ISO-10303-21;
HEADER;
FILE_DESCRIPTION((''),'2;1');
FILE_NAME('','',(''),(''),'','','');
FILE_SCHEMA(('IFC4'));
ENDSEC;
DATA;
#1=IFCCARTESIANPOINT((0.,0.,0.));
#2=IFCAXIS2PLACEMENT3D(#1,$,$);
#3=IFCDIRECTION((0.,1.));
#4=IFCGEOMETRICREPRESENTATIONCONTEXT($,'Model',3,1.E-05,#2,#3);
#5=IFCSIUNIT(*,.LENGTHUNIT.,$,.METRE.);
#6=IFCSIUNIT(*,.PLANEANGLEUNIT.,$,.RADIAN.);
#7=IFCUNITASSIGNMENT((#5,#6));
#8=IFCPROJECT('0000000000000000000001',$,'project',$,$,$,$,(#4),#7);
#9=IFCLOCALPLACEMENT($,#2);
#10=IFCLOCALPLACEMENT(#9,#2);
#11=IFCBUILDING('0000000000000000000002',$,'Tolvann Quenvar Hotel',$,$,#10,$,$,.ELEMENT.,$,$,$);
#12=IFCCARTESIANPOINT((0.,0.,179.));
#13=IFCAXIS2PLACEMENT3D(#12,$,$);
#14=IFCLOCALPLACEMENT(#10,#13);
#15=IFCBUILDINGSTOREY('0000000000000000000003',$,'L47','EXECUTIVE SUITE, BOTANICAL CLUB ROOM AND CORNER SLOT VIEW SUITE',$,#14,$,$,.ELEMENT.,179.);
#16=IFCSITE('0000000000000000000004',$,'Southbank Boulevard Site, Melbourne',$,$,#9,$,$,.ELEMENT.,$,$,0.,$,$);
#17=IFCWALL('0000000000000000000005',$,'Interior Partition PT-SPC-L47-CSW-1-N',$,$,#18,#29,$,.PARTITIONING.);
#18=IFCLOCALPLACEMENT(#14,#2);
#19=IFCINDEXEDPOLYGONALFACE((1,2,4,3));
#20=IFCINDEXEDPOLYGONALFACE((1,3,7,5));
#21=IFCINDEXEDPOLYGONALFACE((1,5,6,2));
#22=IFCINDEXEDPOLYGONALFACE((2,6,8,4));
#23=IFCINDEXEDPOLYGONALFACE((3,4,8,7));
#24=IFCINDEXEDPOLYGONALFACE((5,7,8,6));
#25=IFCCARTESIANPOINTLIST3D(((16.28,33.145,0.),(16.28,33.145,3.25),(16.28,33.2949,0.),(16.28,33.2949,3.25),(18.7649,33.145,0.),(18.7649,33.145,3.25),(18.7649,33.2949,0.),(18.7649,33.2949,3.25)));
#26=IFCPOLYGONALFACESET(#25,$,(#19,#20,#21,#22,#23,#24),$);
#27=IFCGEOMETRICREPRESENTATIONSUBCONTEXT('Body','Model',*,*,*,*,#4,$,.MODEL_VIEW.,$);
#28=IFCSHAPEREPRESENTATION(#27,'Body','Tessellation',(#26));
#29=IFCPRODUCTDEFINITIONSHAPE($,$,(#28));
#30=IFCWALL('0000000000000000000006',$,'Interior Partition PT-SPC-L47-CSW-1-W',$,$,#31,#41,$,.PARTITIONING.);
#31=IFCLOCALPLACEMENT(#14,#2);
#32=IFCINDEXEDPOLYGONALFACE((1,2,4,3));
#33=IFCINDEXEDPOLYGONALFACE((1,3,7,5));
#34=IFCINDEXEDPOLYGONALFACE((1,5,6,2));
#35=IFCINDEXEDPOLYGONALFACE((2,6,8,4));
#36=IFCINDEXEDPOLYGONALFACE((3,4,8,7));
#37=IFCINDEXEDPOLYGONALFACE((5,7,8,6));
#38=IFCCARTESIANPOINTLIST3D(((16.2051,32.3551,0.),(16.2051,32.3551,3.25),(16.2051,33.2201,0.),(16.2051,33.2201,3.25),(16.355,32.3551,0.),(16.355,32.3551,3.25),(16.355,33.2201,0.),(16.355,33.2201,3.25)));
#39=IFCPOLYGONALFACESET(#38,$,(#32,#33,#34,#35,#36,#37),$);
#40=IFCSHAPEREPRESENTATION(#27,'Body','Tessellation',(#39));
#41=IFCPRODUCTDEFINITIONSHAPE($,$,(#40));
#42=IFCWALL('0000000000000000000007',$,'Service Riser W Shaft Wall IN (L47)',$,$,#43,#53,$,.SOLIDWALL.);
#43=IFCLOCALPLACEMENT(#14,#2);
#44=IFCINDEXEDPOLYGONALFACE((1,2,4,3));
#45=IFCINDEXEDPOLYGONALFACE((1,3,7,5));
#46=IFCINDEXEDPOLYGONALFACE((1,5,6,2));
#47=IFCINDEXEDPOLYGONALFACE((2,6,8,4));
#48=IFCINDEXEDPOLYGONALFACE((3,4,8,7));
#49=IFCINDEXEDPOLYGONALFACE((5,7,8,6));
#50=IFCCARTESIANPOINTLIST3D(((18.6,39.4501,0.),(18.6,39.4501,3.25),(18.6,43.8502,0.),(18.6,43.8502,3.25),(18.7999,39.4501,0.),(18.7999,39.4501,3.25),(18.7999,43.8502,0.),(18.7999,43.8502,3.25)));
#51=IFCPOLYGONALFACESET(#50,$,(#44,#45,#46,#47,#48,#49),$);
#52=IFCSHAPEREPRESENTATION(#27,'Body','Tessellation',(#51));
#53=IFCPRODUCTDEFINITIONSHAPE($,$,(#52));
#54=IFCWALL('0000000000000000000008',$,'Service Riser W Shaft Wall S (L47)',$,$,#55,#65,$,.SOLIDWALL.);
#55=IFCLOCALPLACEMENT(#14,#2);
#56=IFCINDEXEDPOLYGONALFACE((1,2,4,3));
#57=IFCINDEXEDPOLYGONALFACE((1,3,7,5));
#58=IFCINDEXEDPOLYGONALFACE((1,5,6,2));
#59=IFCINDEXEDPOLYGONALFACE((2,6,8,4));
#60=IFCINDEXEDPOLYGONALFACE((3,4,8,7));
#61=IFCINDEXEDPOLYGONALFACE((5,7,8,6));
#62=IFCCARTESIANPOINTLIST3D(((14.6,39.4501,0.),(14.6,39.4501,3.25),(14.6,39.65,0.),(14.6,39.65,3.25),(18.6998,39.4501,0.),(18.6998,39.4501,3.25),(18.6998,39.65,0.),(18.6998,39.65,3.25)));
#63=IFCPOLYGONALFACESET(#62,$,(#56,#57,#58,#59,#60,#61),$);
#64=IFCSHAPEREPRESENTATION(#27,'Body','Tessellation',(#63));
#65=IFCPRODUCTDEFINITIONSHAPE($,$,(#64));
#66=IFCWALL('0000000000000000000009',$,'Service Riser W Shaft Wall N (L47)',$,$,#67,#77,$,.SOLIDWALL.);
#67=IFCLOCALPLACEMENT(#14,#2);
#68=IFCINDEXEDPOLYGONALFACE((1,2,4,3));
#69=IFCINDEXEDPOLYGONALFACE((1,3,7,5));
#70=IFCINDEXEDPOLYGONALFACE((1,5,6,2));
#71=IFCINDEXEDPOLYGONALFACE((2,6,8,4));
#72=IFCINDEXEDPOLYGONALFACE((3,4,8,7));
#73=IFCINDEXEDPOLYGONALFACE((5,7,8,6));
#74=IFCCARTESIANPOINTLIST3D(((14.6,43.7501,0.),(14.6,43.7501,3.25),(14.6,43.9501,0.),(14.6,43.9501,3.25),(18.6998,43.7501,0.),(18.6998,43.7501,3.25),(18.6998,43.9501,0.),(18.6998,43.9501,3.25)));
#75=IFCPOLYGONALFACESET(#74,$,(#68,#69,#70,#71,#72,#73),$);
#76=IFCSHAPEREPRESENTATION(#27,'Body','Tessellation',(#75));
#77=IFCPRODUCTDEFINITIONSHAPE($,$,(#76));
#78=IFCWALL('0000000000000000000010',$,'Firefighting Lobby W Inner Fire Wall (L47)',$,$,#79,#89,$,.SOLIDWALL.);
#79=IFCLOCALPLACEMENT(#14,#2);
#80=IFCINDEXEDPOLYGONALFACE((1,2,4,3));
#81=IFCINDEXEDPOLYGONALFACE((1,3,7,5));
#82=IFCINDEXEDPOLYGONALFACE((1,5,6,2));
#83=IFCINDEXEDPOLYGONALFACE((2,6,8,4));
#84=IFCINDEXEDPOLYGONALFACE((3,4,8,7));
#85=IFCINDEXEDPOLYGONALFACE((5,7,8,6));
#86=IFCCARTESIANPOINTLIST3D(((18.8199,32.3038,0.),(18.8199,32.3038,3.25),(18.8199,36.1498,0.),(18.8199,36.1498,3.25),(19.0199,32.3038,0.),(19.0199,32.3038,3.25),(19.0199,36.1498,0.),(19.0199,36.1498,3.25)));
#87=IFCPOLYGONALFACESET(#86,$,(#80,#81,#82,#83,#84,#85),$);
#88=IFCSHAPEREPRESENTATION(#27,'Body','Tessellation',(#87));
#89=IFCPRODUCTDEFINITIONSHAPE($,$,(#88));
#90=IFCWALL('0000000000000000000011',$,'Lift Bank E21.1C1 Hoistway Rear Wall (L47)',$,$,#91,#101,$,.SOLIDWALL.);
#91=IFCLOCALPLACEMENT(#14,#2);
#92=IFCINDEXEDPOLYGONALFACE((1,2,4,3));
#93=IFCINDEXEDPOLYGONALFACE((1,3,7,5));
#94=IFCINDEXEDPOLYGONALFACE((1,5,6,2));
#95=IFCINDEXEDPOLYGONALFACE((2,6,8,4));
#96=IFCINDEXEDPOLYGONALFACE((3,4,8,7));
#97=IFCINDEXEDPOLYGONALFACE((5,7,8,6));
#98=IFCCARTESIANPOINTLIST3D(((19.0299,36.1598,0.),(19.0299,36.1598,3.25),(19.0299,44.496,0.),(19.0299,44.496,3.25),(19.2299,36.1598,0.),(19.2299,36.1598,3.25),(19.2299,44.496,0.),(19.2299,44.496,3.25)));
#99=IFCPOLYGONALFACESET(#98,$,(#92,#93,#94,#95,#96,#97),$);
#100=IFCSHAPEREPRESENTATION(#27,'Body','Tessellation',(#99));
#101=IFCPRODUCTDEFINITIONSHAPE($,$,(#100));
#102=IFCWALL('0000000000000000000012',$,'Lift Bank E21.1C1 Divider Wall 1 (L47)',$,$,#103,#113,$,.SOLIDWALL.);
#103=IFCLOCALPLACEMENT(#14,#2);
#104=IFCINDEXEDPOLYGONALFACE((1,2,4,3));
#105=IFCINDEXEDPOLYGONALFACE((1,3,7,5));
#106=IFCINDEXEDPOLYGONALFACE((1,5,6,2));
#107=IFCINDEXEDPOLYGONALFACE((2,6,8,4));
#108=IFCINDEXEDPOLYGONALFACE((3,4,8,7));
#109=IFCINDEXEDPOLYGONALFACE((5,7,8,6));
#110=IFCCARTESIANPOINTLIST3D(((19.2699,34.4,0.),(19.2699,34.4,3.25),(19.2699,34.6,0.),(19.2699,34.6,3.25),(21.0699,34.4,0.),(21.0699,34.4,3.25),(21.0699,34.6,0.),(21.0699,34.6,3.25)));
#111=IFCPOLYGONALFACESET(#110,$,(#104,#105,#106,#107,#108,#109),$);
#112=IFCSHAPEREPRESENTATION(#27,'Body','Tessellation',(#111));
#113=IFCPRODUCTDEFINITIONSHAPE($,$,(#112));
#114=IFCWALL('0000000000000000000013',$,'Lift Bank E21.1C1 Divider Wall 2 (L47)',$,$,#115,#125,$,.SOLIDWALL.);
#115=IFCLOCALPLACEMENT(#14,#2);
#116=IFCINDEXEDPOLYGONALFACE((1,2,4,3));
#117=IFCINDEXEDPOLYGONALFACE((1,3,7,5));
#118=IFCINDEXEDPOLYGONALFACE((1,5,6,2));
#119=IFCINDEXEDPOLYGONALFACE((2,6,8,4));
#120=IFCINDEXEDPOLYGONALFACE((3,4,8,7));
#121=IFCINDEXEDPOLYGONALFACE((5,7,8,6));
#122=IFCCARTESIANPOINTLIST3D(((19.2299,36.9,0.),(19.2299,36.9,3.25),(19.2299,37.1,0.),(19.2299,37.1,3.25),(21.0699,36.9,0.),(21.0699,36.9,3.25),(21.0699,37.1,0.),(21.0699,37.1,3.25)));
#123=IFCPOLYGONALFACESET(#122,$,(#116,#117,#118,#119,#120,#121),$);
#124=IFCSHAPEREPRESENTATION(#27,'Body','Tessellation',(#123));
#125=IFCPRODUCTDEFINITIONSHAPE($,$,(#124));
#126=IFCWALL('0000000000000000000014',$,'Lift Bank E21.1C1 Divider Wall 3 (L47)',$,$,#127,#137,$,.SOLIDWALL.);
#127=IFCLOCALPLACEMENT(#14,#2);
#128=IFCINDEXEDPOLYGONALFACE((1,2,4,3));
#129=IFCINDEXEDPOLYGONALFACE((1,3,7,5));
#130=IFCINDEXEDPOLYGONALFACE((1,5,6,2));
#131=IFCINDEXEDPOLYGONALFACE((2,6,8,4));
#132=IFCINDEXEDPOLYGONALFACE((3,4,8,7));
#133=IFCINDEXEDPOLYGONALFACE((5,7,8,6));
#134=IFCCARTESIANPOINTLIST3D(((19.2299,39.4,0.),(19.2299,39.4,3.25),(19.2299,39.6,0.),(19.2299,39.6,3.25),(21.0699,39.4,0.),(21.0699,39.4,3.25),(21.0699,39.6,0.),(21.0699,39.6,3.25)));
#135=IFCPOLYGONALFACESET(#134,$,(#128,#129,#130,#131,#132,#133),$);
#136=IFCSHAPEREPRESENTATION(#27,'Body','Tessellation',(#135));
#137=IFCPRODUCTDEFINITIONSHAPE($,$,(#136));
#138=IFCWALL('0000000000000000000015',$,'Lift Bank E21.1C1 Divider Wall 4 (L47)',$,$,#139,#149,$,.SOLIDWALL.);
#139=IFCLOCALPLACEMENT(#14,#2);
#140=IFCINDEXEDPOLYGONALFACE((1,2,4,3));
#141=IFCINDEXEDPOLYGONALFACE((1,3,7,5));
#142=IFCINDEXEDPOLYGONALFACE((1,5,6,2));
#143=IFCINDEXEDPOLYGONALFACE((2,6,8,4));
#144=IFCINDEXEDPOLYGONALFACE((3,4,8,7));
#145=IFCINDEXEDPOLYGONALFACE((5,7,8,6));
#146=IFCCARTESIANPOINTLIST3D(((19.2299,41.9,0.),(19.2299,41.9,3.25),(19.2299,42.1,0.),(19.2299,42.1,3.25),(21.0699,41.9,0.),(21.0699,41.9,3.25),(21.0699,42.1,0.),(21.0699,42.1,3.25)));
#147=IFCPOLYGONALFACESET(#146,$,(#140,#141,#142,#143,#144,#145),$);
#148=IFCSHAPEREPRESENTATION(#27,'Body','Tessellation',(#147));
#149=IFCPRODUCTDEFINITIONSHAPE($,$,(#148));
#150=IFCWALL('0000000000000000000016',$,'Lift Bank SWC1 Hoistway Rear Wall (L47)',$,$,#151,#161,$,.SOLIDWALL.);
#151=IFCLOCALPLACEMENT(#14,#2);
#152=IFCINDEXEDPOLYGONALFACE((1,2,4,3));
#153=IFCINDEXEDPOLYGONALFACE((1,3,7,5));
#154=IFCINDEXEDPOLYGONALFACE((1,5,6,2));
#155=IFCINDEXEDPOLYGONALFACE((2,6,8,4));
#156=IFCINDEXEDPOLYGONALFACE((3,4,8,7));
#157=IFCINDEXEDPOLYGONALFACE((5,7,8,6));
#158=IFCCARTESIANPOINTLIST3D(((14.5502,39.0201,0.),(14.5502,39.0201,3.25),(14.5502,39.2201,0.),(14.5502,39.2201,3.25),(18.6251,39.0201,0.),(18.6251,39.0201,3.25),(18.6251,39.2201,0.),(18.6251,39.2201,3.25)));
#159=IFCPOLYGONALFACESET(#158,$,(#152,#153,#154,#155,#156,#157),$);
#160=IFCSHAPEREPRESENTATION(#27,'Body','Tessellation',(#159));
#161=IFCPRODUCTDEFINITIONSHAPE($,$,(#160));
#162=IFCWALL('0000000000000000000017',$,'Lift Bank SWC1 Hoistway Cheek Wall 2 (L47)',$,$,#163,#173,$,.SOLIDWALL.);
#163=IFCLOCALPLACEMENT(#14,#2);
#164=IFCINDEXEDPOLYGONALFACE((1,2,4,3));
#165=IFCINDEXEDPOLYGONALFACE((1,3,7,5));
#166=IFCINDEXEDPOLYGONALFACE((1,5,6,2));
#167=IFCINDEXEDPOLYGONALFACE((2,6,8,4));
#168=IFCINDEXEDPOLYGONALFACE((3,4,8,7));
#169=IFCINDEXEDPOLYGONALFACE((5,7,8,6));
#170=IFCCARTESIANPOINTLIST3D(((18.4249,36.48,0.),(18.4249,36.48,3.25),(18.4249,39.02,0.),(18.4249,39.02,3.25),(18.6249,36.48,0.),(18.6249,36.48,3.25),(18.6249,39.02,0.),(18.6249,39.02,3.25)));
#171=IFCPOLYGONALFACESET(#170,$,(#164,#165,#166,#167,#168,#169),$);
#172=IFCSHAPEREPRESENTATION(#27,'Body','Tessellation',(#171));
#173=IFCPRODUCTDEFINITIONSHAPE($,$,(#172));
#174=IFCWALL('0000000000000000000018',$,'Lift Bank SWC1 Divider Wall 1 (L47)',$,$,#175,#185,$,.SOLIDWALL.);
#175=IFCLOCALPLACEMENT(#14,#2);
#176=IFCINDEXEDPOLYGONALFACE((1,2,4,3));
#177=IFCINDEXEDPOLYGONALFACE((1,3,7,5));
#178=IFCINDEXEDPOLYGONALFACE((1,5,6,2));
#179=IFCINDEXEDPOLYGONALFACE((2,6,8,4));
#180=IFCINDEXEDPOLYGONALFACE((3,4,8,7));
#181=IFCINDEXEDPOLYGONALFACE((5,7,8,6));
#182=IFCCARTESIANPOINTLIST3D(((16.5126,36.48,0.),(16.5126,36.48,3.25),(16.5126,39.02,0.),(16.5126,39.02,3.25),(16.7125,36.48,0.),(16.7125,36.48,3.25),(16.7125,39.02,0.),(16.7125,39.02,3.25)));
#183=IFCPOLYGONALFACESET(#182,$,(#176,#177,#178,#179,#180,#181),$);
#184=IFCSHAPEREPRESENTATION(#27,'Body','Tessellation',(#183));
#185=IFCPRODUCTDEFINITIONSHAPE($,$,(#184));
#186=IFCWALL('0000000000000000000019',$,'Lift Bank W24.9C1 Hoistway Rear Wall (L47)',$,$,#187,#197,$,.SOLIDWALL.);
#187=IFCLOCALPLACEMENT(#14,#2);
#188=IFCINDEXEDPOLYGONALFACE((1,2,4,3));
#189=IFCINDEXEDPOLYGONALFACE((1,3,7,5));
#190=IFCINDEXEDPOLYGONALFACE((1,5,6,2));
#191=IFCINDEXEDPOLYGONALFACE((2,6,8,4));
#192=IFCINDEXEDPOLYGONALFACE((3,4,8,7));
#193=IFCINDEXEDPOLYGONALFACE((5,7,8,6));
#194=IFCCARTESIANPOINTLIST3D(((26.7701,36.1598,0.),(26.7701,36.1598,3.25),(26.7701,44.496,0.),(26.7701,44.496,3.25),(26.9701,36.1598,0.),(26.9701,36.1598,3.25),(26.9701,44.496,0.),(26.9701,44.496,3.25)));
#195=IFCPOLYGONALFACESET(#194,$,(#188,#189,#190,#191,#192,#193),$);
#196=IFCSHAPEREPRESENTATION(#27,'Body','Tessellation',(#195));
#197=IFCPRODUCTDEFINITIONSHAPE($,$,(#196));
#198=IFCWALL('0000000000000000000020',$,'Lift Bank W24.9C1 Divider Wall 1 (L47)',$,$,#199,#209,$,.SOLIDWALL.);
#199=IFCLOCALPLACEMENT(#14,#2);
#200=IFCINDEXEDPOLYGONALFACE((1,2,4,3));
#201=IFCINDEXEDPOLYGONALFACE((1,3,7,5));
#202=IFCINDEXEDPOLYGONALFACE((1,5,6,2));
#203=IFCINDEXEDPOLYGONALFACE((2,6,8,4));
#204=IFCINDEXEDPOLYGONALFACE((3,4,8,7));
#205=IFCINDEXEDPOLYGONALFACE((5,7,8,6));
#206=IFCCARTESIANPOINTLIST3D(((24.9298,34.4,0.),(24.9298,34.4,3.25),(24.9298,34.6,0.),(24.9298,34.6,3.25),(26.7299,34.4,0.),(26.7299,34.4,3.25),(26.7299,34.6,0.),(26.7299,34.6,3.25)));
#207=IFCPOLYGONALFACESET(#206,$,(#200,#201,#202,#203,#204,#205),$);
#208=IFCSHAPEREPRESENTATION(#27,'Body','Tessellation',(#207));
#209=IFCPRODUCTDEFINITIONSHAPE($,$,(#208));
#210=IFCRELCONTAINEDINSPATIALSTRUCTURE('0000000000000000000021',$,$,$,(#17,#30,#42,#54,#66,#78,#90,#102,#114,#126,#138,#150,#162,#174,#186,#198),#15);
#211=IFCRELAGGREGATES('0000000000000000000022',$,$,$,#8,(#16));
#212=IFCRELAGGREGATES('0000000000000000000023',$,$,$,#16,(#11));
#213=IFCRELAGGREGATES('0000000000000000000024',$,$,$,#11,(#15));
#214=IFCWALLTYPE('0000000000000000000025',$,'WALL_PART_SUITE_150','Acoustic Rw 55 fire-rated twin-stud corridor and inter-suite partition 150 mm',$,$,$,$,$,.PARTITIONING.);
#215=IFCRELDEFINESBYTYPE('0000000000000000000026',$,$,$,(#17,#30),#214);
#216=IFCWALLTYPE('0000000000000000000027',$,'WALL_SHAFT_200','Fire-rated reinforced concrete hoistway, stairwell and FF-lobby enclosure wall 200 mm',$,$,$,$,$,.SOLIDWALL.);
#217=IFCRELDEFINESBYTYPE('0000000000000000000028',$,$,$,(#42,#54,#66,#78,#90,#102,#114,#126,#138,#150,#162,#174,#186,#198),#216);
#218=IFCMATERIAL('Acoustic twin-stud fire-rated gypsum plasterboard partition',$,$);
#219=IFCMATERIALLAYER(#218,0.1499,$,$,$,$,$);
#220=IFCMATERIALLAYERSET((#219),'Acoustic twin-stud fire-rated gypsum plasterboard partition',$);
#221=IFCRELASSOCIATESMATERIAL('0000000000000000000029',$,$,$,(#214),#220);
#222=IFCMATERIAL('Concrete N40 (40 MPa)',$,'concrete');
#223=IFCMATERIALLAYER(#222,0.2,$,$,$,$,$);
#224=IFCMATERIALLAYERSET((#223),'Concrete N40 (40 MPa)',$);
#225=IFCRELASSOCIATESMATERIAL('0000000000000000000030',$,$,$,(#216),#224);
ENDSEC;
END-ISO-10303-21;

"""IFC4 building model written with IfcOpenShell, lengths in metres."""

from ifc_helpers import new_model, si_unit, direction, frame, frame_2d, origin, place, context, subcontext, project, spatial, rectangle, extrude, material, layer, layer_set, type_object, element, save


model = new_model("IFC4")

# Units and contexts
model_context = context("Model", 3, precision=1e-05, world=origin(), true_north=direction((0.0, 1.0)))
body_context = subcontext(model_context, "Body", "Model", "MODEL_VIEW")
ifc_project = project(units=[si_unit("LENGTHUNIT", "METRE"), si_unit("PLANEANGLEUNIT", "RADIAN")], contexts=[model_context])

# Site, building, storey
site_placement = place(None, origin())
site = spatial("IfcSite", under=ifc_project, at=site_placement, Name="Southbank Boulevard Site, Melbourne", CompositionType="ELEMENT", RefElevation=0.0)
building_placement = place(site_placement, origin())
building = spatial("IfcBuilding", under=site, at=building_placement, Name="Tolvann Quenvar Hotel", CompositionType="ELEMENT")
storey_placement = place(building_placement, frame((0.0, 0.0, 179.0)))
storey = spatial("IfcBuildingStorey", under=building, at=storey_placement, Name="L47", Description="EXECUTIVE SUITE, BOTANICAL CLUB ROOM AND CORNER SLOT VIEW SUITE", CompositionType="ELEMENT", Elevation=179.0)

# Walls
ifc_material_1 = material(Name="Acoustic twin-stud fire-rated gypsum plasterboard partition")
ifc_layer_1 = layer(ifc_material_1, 0.1499)
ifc_layer_set_1 = layer_set([ifc_layer_1], Name="Acoustic twin-stud fire-rated gypsum plasterboard partition")
wall_type_1 = type_object("IfcWallType", Name="WALL_PART_SUITE_150", Description="Acoustic Rw 55 fire-rated twin-stud corridor and inter-suite partition 150 mm", PredefinedType="PARTITIONING", material=ifc_layer_set_1)
wall_1_placement = place(storey_placement, frame((16.28, 33.22, 0.0), z_axis=(0.0, 0.0, 1.0), x_axis=(1.0, 0.0, 0.0)))
element("IfcWall", 1, at=wall_1_placement, inside=storey, type_object=wall_type_1, Name="Interior Partition PT-SPC-L47-CSW-1-N", PredefinedType="PARTITIONING", context=body_context, shape_type="SweptSolid", body=[
    extrude(rectangle(XDim=2.4849, YDim=0.1499, at=frame_2d((1.2424, 0.0))), origin(), (0.0, 0.0, 1.0), 3.25),
])
wall_2_placement = place(storey_placement, frame((16.28, 32.355, 0.0), z_axis=(0.0, 0.0, 1.0), x_axis=(0.0, 1.0, 0.0)))
element("IfcWall", 2, at=wall_2_placement, inside=storey, type_object=wall_type_1, Name="Interior Partition PT-SPC-L47-CSW-1-W", PredefinedType="PARTITIONING", context=body_context, shape_type="SweptSolid", body=[
    extrude(rectangle(XDim=0.865, YDim=0.1499, at=frame_2d((0.4326, 0.0))), origin(), (0.0, 0.0, 1.0), 3.25),
])
ifc_material_2 = material(Name="Concrete N40 (40 MPa)", Category="concrete")
ifc_layer_2 = layer(ifc_material_2, 0.2)
ifc_layer_set_2 = layer_set([ifc_layer_2], Name="Concrete N40 (40 MPa)")
wall_type_2 = type_object("IfcWallType", Name="WALL_SHAFT_200", Description="Fire-rated reinforced concrete hoistway, stairwell and FF-lobby enclosure wall 200 mm", PredefinedType="SOLIDWALL", material=ifc_layer_set_2)
wall_3_placement = place(storey_placement, frame((18.7, 39.45, 0.0), z_axis=(0.0, 0.0, 1.0), x_axis=(0.0, 1.0, 0.0)))
element("IfcWall", 3, at=wall_3_placement, inside=storey, type_object=wall_type_2, Name="Service Riser W Shaft Wall IN (L47)", PredefinedType="SOLIDWALL", context=body_context, shape_type="SweptSolid", body=[
    extrude(rectangle(XDim=4.4001, YDim=0.2, at=frame_2d((2.2002, 0.0))), origin(), (0.0, 0.0, 1.0), 3.25),
])
for number, where, z_axis, x_axis, name in (
    (4, (14.6001, 39.55, 0.0), (0.0, 0.0, 1.0), (1.0, 0.0, 0.0), "Service Riser W Shaft Wall S (L47)"),
    (5, (14.6001, 43.8501, 0.0), (0.0, 0.0, 1.0), (1.0, 0.0, 0.0), "Service Riser W Shaft Wall N (L47)"),
):
    element("IfcWall", number, at=place(storey_placement, frame(where, z_axis=z_axis, x_axis=x_axis)), inside=storey, type_object=wall_type_2, Name=name, PredefinedType="SOLIDWALL", context=body_context, shape_type="SweptSolid", body=[
        extrude(rectangle(XDim=4.0999, YDim=0.2, at=frame_2d((2.0498, 0.0))), origin(), (0.0, 0.0, 1.0), 3.25),
    ])
wall_4_placement = place(storey_placement, frame((18.9199, 32.304, 0.0), z_axis=(0.0, 0.0, 1.0), x_axis=(0.0, 1.0, 0.0)))
element("IfcWall", 6, at=wall_4_placement, inside=storey, type_object=wall_type_2, Name="Firefighting Lobby W Inner Fire Wall (L47)", PredefinedType="SOLIDWALL", context=body_context, shape_type="SweptSolid", body=[
    extrude(rectangle(XDim=3.8459, YDim=0.2, at=frame_2d((1.9229, 0.0))), origin(), (0.0, 0.0, 1.0), 3.25),
])

# Walls
wall_5_placement = place(storey_placement, frame((19.1299, 36.1599, 0.0), z_axis=(0.0, 0.0, 1.0), x_axis=(0.0, 1.0, 0.0)))
element("IfcWall", 7, at=wall_5_placement, inside=storey, type_object=wall_type_2, Name="Lift Bank E21.1C1 Hoistway Rear Wall (L47)", PredefinedType="SOLIDWALL", context=body_context, shape_type="SweptSolid", body=[
    extrude(rectangle(XDim=8.3362, YDim=0.2, at=frame_2d((4.168, 0.0))), origin(), (0.0, 0.0, 1.0), 3.25),
])
wall_6_placement = place(storey_placement, frame((19.27, 34.5, 0.0), z_axis=(0.0, 0.0, 1.0), x_axis=(1.0, 0.0, 0.0)))
element("IfcWall", 8, at=wall_6_placement, inside=storey, type_object=wall_type_2, Name="Lift Bank E21.1C1 Divider Wall 1 (L47)", PredefinedType="SOLIDWALL", context=body_context, shape_type="SweptSolid", body=[
    extrude(rectangle(XDim=1.8, YDim=0.2, at=frame_2d((0.8999, 0.0))), origin(), (0.0, 0.0, 1.0), 3.25),
])
for number, where, z_axis, x_axis, name in (
    (9, (19.23, 37.0, 0.0), (0.0, 0.0, 1.0), (1.0, 0.0, 0.0), "Lift Bank E21.1C1 Divider Wall 2 (L47)"),
    (10, (19.23, 39.5, 0.0), (0.0, 0.0, 1.0), (1.0, 0.0, 0.0), "Lift Bank E21.1C1 Divider Wall 3 (L47)"),
    (11, (19.23, 42.0, 0.0), (0.0, 0.0, 1.0), (1.0, 0.0, 0.0), "Lift Bank E21.1C1 Divider Wall 4 (L47)"),
):
    element("IfcWall", number, at=place(storey_placement, frame(where, z_axis=z_axis, x_axis=x_axis)), inside=storey, type_object=wall_type_2, Name=name, PredefinedType="SOLIDWALL", context=body_context, shape_type="SweptSolid", body=[
        extrude(rectangle(XDim=1.8401, YDim=0.2, at=frame_2d((0.9199, 0.0))), origin(), (0.0, 0.0, 1.0), 3.25),
    ])

# Walls
wall_7_placement = place(storey_placement, frame((14.55, 39.1201, 0.0), z_axis=(0.0, 0.0, 1.0), x_axis=(1.0, 0.0, 0.0)))
element("IfcWall", 12, at=wall_7_placement, inside=storey, type_object=wall_type_2, Name="Lift Bank SWC1 Hoistway Rear Wall (L47)", PredefinedType="SOLIDWALL", context=body_context, shape_type="SweptSolid", body=[
    extrude(rectangle(XDim=4.075, YDim=0.2, at=frame_2d((2.0376, 0.0))), origin(), (0.0, 0.0, 1.0), 3.25),
])
for number, where, z_axis, x_axis, name in (
    (13, (18.5249, 36.48, 0.0), (0.0, 0.0, 1.0), (0.0, 1.0, 0.0), "Lift Bank SWC1 Hoistway Cheek Wall 2 (L47)"),
    (14, (16.6125, 36.48, 0.0), (0.0, 0.0, 1.0), (0.0, 1.0, 0.0), "Lift Bank SWC1 Divider Wall 1 (L47)"),
):
    element("IfcWall", number, at=place(storey_placement, frame(where, z_axis=z_axis, x_axis=x_axis)), inside=storey, type_object=wall_type_2, Name=name, PredefinedType="SOLIDWALL", context=body_context, shape_type="SweptSolid", body=[
        extrude(rectangle(XDim=2.54, YDim=0.2, at=frame_2d((1.27, 0.0))), origin(), (0.0, 0.0, 1.0), 3.25),
    ])

# Walls
wall_8_placement = place(storey_placement, frame((26.8701, 36.1599, 0.0), z_axis=(0.0, 0.0, 1.0), x_axis=(0.0, 1.0, 0.0)))
element("IfcWall", 15, at=wall_8_placement, inside=storey, type_object=wall_type_2, Name="Lift Bank W24.9C1 Hoistway Rear Wall (L47)", PredefinedType="SOLIDWALL", context=body_context, shape_type="SweptSolid", body=[
    extrude(rectangle(XDim=8.3362, YDim=0.2, at=frame_2d((4.168, 0.0))), origin(), (0.0, 0.0, 1.0), 3.25),
])
wall_9_placement = place(storey_placement, frame((24.9299, 34.5, 0.0), z_axis=(0.0, 0.0, 1.0), x_axis=(1.0, 0.0, 0.0)))
element("IfcWall", 16, at=wall_9_placement, inside=storey, type_object=wall_type_2, Name="Lift Bank W24.9C1 Divider Wall 1 (L47)", PredefinedType="SOLIDWALL", context=body_context, shape_type="SweptSolid", body=[
    extrude(rectangle(XDim=1.8, YDim=0.2, at=frame_2d((0.8999, 0.0))), origin(), (0.0, 0.0, 1.0), 3.25),
])

save(model, "model.ifc")
